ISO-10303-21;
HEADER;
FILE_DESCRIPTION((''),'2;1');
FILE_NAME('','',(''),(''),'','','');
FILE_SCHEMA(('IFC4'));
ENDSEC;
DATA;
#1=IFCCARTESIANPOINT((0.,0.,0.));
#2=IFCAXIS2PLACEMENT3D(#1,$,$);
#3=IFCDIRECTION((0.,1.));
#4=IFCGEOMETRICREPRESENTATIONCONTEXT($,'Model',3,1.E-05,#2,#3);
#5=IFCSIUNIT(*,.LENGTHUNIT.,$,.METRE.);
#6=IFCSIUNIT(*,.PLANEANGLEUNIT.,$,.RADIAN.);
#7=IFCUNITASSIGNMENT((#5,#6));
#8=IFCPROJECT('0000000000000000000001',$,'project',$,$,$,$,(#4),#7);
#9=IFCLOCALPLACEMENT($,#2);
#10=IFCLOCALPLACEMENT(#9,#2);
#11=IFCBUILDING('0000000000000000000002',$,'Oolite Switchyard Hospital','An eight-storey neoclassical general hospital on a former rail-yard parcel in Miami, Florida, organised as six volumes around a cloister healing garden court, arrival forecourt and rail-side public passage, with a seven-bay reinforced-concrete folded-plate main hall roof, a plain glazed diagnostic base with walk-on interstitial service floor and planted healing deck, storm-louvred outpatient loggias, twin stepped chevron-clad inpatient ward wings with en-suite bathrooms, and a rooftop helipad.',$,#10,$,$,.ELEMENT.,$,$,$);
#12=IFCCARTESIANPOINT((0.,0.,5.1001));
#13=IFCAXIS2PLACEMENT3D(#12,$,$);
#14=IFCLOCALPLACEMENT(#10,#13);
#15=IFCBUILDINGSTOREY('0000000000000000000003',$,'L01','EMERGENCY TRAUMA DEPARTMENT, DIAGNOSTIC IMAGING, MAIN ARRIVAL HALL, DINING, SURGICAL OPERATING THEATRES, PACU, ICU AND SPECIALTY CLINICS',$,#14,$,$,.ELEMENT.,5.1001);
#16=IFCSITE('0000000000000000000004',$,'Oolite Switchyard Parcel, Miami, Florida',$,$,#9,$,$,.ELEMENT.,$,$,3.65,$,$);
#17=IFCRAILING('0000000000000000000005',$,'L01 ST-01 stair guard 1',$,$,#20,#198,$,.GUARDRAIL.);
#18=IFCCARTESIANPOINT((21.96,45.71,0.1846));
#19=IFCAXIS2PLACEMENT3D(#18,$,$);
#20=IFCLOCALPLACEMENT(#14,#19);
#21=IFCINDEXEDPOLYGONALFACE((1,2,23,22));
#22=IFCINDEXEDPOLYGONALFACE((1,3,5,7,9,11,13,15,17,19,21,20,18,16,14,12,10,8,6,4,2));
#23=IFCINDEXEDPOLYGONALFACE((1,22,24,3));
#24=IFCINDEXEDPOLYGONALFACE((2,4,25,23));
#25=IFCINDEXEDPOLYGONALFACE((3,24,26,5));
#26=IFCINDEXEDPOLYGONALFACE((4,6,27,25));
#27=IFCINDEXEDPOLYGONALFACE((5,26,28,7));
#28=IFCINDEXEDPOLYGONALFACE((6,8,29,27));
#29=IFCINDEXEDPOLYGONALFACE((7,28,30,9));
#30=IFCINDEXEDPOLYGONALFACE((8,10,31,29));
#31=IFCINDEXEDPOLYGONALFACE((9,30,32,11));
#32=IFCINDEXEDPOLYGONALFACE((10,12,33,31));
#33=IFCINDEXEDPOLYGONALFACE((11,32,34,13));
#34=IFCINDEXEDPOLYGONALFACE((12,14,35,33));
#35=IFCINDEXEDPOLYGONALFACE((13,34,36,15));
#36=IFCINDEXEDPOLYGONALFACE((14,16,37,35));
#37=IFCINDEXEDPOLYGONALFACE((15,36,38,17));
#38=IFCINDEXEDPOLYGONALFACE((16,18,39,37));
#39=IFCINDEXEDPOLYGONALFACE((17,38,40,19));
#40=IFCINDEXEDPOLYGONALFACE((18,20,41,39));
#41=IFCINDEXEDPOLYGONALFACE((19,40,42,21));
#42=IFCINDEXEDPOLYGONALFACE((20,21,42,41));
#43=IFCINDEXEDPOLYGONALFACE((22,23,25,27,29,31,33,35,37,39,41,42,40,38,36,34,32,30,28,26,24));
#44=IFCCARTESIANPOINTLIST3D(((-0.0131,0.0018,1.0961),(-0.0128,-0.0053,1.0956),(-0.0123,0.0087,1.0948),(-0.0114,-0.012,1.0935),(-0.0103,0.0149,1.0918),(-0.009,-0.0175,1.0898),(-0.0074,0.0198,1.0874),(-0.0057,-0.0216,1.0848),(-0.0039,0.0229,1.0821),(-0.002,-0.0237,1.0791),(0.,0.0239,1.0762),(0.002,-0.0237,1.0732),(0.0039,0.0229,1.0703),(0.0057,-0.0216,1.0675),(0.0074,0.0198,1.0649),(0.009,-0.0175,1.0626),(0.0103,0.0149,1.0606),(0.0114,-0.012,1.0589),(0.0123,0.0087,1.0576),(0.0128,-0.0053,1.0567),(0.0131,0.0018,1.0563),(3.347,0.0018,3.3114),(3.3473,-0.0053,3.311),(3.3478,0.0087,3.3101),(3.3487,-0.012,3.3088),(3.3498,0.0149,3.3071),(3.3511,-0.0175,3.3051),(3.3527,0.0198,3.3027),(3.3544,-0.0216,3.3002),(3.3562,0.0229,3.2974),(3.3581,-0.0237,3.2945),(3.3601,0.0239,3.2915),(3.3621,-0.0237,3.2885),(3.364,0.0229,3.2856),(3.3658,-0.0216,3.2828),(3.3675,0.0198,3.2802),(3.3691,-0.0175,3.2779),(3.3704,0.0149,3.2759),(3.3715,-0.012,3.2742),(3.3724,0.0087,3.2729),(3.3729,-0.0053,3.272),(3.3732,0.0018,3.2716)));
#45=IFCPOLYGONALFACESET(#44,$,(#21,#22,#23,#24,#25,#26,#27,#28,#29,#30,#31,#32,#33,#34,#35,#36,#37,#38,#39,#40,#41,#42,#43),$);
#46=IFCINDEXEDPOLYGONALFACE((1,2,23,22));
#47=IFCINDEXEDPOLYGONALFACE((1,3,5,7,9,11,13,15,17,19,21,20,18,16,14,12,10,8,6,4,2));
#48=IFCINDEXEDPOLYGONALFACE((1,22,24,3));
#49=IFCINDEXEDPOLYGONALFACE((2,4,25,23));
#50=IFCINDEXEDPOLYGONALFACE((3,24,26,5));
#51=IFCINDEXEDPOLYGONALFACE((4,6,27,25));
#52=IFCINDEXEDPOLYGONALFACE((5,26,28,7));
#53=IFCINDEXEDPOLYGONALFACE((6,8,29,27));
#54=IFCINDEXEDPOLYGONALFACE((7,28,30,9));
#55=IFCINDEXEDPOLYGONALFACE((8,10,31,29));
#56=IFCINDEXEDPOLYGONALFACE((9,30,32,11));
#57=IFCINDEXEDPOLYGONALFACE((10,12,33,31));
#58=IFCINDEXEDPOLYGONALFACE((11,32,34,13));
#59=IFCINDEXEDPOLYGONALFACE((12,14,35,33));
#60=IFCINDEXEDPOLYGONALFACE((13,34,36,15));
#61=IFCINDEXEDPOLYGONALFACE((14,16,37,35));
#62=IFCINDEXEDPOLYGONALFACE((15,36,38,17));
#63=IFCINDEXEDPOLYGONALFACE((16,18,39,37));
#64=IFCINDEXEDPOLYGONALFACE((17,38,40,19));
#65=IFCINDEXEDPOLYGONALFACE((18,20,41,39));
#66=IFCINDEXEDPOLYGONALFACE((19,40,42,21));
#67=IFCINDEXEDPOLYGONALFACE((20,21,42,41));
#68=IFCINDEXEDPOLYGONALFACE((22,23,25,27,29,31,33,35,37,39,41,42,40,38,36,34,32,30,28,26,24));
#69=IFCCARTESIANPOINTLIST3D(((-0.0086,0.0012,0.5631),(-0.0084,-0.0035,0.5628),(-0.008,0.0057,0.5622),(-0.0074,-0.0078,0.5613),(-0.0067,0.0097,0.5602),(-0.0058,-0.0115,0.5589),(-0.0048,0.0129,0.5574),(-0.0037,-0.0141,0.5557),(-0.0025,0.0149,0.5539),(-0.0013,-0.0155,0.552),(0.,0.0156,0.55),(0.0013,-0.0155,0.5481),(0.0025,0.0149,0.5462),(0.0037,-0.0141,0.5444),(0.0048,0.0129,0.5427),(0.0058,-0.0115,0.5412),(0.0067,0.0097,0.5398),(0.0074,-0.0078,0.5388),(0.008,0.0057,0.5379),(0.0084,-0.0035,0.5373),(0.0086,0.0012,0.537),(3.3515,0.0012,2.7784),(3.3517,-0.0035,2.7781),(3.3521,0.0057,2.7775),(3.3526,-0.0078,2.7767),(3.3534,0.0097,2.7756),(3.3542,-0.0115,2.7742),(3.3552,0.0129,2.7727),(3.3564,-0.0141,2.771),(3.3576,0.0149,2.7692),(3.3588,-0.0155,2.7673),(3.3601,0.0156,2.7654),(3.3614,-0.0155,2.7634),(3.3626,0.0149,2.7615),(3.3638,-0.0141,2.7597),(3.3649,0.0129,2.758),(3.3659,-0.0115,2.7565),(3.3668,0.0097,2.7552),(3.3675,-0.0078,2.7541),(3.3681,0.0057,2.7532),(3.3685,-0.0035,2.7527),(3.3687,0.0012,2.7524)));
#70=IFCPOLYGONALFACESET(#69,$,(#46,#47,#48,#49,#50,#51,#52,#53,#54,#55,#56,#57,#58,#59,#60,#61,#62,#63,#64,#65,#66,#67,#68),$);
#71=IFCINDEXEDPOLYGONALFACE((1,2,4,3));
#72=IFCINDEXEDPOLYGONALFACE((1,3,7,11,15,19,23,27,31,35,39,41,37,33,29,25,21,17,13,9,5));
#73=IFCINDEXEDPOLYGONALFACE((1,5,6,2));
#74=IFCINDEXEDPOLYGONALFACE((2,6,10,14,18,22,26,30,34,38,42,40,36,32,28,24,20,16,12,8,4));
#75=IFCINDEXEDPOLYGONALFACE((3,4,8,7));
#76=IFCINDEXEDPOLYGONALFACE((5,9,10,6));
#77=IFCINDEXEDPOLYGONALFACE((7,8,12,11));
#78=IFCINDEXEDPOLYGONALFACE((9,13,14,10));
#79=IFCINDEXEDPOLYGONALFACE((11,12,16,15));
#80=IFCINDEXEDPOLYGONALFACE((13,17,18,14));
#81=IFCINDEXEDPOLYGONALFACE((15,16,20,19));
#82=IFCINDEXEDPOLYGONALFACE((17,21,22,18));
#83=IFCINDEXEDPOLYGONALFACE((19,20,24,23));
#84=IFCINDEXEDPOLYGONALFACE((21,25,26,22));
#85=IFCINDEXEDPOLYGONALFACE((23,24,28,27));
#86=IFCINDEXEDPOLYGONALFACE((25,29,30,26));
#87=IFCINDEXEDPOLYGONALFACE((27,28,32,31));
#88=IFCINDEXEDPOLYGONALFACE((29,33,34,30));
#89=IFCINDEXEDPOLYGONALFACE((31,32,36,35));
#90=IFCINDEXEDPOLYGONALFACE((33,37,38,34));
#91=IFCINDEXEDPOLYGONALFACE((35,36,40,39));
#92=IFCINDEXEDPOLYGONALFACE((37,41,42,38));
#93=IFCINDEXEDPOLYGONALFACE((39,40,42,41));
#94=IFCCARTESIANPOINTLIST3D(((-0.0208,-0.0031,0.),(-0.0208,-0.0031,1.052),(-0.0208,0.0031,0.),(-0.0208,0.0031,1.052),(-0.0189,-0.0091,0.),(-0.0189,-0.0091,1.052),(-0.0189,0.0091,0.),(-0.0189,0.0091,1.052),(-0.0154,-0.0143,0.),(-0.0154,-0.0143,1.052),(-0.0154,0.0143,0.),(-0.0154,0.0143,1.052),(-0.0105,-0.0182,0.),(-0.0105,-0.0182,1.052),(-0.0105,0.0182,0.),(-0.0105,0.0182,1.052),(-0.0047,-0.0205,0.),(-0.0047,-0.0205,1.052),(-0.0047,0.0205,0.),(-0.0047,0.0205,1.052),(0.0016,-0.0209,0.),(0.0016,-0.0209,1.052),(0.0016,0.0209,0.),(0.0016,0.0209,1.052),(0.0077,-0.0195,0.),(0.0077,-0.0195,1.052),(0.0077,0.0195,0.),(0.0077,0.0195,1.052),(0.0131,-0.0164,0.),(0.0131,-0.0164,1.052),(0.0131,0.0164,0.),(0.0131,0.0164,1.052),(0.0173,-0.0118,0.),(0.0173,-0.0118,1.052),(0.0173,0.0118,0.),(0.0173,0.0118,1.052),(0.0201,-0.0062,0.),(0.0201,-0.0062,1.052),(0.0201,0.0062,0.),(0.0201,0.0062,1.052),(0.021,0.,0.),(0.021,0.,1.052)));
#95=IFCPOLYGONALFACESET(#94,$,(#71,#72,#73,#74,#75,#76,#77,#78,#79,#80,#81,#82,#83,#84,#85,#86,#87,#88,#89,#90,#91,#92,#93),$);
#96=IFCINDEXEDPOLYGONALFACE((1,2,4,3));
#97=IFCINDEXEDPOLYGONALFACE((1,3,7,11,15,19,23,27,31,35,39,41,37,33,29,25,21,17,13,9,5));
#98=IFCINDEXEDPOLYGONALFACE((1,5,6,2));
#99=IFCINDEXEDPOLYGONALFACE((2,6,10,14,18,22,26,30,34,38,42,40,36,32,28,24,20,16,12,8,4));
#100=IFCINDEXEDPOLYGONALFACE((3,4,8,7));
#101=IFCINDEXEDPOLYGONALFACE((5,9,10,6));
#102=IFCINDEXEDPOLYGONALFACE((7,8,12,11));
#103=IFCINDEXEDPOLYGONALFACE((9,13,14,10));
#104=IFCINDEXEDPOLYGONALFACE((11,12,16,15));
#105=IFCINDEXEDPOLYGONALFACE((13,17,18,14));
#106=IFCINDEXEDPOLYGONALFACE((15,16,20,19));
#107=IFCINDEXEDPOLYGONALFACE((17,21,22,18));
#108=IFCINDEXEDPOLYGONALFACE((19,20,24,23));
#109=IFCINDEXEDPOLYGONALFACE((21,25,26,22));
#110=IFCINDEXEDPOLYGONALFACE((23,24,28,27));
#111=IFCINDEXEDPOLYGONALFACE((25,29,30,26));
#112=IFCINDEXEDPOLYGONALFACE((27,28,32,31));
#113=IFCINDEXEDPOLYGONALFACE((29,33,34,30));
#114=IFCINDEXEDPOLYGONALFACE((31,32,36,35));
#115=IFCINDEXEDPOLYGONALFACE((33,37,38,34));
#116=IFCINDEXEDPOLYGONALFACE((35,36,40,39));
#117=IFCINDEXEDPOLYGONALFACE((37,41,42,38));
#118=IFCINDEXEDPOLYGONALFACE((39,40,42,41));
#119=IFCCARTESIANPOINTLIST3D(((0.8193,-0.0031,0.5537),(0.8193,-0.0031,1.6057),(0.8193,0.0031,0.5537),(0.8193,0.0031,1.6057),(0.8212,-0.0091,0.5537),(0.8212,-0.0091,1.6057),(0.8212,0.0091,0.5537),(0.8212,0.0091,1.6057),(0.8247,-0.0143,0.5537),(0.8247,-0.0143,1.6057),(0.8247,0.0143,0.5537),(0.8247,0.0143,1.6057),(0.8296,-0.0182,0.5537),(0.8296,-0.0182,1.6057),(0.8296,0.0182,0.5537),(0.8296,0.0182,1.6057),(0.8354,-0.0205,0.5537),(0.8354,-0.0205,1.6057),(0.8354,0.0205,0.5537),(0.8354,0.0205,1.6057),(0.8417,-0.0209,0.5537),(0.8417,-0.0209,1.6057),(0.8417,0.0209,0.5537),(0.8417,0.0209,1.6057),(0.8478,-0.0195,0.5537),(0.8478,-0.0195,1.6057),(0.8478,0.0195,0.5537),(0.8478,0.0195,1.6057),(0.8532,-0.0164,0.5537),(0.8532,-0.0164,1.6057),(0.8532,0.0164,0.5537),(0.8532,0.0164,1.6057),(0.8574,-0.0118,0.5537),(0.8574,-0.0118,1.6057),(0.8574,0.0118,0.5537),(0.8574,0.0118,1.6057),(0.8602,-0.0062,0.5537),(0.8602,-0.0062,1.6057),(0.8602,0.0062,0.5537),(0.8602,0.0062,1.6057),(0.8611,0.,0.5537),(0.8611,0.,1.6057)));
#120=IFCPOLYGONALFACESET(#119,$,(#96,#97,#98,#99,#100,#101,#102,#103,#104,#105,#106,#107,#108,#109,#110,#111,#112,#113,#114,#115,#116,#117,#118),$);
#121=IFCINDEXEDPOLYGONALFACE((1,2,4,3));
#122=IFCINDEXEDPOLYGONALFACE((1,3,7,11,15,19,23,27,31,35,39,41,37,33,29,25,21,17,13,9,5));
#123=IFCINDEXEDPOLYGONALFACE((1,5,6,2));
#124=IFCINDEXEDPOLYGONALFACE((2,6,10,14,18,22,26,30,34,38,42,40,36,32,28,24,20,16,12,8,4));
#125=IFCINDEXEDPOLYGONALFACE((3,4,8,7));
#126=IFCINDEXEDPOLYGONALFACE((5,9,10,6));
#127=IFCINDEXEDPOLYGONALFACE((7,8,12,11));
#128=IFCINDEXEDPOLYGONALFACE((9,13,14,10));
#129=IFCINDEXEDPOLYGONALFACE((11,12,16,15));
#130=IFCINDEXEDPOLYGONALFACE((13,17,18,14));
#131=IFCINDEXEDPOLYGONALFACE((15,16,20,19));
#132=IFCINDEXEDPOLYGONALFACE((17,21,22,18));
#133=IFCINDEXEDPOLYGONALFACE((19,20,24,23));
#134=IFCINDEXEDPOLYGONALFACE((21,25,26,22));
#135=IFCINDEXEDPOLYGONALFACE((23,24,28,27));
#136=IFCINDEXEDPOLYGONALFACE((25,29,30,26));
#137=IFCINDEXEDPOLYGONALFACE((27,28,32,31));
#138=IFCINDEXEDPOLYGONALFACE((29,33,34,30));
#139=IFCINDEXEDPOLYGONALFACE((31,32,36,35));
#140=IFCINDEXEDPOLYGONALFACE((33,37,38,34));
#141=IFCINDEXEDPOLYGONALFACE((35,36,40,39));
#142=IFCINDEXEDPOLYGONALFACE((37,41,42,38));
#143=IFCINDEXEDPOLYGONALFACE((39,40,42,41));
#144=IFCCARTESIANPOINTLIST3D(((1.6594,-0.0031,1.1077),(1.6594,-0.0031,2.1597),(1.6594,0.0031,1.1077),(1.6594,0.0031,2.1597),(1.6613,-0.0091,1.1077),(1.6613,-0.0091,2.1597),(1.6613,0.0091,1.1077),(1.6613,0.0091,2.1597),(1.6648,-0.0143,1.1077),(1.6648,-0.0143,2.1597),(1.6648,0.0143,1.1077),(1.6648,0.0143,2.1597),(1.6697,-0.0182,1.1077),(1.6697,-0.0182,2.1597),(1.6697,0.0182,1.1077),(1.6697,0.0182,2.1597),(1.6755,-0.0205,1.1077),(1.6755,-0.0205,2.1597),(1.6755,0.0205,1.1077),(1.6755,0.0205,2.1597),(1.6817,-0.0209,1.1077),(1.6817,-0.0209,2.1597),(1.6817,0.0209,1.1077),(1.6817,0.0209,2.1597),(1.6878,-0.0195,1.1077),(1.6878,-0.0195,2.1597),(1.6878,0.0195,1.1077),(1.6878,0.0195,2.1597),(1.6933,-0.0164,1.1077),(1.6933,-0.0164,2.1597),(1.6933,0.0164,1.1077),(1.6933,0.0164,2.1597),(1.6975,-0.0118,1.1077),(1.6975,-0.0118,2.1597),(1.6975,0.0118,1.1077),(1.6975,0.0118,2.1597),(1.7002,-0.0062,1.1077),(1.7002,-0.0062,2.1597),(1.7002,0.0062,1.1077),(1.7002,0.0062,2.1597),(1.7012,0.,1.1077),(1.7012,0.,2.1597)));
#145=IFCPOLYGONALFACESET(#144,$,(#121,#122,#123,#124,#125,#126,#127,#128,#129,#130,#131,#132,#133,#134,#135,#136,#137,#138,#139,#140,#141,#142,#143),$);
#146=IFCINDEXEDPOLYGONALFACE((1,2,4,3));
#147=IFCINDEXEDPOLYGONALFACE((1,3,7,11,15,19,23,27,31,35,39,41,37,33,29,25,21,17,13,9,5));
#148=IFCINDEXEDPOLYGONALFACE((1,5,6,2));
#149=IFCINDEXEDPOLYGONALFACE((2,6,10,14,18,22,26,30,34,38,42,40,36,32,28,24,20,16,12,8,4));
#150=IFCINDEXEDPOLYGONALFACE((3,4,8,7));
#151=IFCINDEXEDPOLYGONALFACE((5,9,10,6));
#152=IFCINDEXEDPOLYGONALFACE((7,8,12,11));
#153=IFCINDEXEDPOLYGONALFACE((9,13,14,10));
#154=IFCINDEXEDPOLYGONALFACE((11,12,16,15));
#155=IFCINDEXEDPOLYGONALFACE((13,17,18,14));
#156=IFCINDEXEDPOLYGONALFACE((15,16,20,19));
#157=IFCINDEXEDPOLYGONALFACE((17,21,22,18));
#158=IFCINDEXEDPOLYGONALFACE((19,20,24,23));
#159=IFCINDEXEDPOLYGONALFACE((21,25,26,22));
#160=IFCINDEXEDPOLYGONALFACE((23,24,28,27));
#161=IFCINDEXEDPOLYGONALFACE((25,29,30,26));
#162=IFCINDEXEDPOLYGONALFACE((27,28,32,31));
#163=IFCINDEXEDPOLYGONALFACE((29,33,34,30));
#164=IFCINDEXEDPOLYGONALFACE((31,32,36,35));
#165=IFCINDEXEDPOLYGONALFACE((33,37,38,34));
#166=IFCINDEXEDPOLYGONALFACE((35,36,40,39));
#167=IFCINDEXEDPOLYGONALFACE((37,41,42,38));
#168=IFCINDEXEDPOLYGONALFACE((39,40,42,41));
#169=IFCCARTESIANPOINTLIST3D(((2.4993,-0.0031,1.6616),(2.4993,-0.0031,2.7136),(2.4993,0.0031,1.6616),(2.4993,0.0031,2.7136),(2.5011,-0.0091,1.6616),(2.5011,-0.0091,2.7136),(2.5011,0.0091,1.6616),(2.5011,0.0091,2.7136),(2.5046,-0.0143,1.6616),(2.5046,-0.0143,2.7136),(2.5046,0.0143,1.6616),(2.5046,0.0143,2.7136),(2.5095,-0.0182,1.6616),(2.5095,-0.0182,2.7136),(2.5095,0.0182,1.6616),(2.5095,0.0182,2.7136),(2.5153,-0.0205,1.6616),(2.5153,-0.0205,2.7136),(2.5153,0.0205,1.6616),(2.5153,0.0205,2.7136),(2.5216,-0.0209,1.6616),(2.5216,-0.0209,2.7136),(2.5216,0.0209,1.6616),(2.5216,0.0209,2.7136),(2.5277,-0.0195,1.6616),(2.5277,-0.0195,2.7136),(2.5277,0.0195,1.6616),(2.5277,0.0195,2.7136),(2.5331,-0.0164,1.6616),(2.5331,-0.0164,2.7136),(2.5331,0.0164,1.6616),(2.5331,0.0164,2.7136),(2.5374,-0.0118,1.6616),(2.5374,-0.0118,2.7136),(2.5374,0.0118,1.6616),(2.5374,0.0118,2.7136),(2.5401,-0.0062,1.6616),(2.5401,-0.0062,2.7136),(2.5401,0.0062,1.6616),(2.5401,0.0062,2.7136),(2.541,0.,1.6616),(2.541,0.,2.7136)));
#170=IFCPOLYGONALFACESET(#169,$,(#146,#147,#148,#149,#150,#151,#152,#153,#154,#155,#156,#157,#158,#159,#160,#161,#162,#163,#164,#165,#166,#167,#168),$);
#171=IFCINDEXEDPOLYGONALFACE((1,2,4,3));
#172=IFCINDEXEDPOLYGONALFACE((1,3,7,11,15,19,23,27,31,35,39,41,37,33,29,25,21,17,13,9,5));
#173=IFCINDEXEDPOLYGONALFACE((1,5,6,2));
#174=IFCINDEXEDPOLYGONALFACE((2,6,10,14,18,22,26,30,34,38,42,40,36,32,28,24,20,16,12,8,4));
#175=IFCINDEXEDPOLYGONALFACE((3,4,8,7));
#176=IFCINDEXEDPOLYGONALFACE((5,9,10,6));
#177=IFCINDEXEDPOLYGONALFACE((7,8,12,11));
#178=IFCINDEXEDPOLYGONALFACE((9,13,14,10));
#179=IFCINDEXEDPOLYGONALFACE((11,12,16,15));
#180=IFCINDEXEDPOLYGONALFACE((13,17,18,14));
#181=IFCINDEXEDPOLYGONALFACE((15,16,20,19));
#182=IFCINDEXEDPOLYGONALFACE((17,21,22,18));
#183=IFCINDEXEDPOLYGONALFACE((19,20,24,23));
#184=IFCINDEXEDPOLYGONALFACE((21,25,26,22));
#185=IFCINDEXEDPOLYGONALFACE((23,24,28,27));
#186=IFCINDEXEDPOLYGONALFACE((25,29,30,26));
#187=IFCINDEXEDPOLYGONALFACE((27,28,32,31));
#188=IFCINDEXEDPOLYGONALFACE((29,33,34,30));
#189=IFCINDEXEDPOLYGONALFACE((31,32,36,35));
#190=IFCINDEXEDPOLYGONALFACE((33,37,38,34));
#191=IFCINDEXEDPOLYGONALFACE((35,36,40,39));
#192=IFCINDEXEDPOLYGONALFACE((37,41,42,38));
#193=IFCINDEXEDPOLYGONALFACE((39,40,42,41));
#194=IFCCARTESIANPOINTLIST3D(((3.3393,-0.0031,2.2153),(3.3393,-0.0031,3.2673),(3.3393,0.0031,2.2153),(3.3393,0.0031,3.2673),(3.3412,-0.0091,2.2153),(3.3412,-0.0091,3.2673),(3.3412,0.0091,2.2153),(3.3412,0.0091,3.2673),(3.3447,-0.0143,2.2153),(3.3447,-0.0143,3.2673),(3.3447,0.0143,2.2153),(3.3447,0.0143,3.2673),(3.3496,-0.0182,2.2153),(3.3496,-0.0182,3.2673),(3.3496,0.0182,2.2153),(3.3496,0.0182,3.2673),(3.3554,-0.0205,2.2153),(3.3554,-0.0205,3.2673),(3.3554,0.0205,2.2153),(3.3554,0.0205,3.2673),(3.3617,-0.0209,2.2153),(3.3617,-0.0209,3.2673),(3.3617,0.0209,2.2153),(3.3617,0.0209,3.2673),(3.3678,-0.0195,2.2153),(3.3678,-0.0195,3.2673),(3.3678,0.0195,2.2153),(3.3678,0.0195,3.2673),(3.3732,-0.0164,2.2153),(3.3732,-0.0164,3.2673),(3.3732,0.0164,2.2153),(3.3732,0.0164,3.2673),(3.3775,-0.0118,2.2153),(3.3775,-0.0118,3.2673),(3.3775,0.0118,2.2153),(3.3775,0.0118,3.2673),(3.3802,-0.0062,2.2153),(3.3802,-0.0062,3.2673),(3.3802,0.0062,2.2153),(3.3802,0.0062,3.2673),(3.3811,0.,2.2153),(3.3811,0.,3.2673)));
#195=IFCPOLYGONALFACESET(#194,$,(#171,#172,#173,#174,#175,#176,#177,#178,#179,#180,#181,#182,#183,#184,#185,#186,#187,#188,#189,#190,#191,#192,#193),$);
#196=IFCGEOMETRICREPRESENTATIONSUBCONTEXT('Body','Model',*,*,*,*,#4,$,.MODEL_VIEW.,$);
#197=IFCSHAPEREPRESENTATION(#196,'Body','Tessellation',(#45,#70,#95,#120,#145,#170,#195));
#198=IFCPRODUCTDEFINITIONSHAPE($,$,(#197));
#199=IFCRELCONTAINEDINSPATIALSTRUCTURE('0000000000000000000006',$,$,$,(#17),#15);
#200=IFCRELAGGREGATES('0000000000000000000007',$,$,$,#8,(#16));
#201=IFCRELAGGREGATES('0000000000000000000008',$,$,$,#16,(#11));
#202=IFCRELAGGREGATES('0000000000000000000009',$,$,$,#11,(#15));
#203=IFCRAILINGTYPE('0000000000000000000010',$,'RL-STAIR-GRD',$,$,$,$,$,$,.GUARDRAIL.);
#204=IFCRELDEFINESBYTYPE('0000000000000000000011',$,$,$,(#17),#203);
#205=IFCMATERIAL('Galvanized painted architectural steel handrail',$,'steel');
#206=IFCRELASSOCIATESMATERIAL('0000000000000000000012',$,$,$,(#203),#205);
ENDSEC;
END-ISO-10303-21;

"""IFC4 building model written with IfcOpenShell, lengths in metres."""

from ifc_helpers import new_model, si_unit, direction, frame, origin, origin_2d, place, context, subcontext, project, spatial, circle, extrude, material, type_object, element, save


model = new_model("IFC4")

# Units and contexts
model_context = context("Model", 3, precision=1e-05, world=origin(), true_north=direction((0.0, 1.0)))
body_context = subcontext(model_context, "Body", "Model", "MODEL_VIEW")
ifc_project = project(units=[si_unit("LENGTHUNIT", "METRE"), si_unit("PLANEANGLEUNIT", "RADIAN")], contexts=[model_context])

# Site, building, storey
site_placement = place(None, origin())
site = spatial("IfcSite", under=ifc_project, at=site_placement, Name="Oolite Switchyard Parcel, Miami, Florida", CompositionType="ELEMENT", RefElevation=3.65)
building_placement = place(site_placement, origin())
building = spatial("IfcBuilding", under=site, at=building_placement, Name="Oolite Switchyard Hospital", Description="An eight-storey neoclassical general hospital on a former rail-yard parcel in Miami, Florida, organised as six volumes around a cloister healing garden court, arrival forecourt and rail-side public passage, with a seven-bay reinforced-concrete folded-plate main hall roof, a plain glazed diagnostic base with walk-on interstitial service floor and planted healing deck, storm-louvred outpatient loggias, twin stepped chevron-clad inpatient ward wings with en-suite bathrooms, and a rooftop helipad.", CompositionType="ELEMENT")
storey_placement = place(building_placement, frame((0.0, 0.0, 5.1001)))
storey = spatial("IfcBuildingStorey", under=building, at=storey_placement, Name="L01", Description="EMERGENCY TRAUMA DEPARTMENT, DIAGNOSTIC IMAGING, MAIN ARRIVAL HALL, DINING, SURGICAL OPERATING THEATRES, PACU, ICU AND SPECIALTY CLINICS", CompositionType="ELEMENT", Elevation=5.1001)

# Railing
ifc_material_1 = material(Name="Galvanized painted architectural steel handrail", Category="steel")
railing_type_1 = type_object("IfcRailingType", Name="RL-STAIR-GRD", PredefinedType="GUARDRAIL", material=ifc_material_1)
railing_1_placement = place(storey_placement, frame((21.96, 45.71, 0.1846)))
element("IfcRailing", 1, at=railing_1_placement, inside=storey, type_object=railing_type_1, Name="L01 ST-01 stair guard 1", PredefinedType="GUARDRAIL", context=body_context, shape_type="SweptSolid", body=[
    extrude(circle(Radius=0.0239, at=origin_2d()), frame((0.0, 0.0, 1.0762), z_axis=(0.834876, 0.0, 0.550437), x_axis=(0.0, 1.0, 0.0)), (0.0, 0.0, 1.0), 4.0247),
    extrude(circle(Radius=0.0156, at=origin_2d()), frame((0.0, 0.0, 0.55), z_axis=(0.834876, 0.0, 0.550437), x_axis=(0.0, 1.0, 0.0)), (0.0, 0.0, 1.0), 4.0247),
    extrude(circle(Radius=0.021, at=origin_2d()), origin(), (0.0, 0.0, 1.0), 1.052),
    extrude(circle(Radius=0.021, at=origin_2d()), frame((0.8401, 0.0, 0.5537)), (0.0, 0.0, 1.0), 1.052),
    extrude(circle(Radius=0.021, at=origin_2d()), frame((1.6802, 0.0, 1.1077)), (0.0, 0.0, 1.0), 1.052),
    extrude(circle(Radius=0.021, at=origin_2d()), frame((2.52, 0.0, 1.6616)), (0.0, 0.0, 1.0), 1.052),
    extrude(circle(Radius=0.021, at=origin_2d()), frame((3.3601, 0.0, 2.2153)), (0.0, 0.0, 1.0), 1.052),
])

save(model, "model.ifc")
